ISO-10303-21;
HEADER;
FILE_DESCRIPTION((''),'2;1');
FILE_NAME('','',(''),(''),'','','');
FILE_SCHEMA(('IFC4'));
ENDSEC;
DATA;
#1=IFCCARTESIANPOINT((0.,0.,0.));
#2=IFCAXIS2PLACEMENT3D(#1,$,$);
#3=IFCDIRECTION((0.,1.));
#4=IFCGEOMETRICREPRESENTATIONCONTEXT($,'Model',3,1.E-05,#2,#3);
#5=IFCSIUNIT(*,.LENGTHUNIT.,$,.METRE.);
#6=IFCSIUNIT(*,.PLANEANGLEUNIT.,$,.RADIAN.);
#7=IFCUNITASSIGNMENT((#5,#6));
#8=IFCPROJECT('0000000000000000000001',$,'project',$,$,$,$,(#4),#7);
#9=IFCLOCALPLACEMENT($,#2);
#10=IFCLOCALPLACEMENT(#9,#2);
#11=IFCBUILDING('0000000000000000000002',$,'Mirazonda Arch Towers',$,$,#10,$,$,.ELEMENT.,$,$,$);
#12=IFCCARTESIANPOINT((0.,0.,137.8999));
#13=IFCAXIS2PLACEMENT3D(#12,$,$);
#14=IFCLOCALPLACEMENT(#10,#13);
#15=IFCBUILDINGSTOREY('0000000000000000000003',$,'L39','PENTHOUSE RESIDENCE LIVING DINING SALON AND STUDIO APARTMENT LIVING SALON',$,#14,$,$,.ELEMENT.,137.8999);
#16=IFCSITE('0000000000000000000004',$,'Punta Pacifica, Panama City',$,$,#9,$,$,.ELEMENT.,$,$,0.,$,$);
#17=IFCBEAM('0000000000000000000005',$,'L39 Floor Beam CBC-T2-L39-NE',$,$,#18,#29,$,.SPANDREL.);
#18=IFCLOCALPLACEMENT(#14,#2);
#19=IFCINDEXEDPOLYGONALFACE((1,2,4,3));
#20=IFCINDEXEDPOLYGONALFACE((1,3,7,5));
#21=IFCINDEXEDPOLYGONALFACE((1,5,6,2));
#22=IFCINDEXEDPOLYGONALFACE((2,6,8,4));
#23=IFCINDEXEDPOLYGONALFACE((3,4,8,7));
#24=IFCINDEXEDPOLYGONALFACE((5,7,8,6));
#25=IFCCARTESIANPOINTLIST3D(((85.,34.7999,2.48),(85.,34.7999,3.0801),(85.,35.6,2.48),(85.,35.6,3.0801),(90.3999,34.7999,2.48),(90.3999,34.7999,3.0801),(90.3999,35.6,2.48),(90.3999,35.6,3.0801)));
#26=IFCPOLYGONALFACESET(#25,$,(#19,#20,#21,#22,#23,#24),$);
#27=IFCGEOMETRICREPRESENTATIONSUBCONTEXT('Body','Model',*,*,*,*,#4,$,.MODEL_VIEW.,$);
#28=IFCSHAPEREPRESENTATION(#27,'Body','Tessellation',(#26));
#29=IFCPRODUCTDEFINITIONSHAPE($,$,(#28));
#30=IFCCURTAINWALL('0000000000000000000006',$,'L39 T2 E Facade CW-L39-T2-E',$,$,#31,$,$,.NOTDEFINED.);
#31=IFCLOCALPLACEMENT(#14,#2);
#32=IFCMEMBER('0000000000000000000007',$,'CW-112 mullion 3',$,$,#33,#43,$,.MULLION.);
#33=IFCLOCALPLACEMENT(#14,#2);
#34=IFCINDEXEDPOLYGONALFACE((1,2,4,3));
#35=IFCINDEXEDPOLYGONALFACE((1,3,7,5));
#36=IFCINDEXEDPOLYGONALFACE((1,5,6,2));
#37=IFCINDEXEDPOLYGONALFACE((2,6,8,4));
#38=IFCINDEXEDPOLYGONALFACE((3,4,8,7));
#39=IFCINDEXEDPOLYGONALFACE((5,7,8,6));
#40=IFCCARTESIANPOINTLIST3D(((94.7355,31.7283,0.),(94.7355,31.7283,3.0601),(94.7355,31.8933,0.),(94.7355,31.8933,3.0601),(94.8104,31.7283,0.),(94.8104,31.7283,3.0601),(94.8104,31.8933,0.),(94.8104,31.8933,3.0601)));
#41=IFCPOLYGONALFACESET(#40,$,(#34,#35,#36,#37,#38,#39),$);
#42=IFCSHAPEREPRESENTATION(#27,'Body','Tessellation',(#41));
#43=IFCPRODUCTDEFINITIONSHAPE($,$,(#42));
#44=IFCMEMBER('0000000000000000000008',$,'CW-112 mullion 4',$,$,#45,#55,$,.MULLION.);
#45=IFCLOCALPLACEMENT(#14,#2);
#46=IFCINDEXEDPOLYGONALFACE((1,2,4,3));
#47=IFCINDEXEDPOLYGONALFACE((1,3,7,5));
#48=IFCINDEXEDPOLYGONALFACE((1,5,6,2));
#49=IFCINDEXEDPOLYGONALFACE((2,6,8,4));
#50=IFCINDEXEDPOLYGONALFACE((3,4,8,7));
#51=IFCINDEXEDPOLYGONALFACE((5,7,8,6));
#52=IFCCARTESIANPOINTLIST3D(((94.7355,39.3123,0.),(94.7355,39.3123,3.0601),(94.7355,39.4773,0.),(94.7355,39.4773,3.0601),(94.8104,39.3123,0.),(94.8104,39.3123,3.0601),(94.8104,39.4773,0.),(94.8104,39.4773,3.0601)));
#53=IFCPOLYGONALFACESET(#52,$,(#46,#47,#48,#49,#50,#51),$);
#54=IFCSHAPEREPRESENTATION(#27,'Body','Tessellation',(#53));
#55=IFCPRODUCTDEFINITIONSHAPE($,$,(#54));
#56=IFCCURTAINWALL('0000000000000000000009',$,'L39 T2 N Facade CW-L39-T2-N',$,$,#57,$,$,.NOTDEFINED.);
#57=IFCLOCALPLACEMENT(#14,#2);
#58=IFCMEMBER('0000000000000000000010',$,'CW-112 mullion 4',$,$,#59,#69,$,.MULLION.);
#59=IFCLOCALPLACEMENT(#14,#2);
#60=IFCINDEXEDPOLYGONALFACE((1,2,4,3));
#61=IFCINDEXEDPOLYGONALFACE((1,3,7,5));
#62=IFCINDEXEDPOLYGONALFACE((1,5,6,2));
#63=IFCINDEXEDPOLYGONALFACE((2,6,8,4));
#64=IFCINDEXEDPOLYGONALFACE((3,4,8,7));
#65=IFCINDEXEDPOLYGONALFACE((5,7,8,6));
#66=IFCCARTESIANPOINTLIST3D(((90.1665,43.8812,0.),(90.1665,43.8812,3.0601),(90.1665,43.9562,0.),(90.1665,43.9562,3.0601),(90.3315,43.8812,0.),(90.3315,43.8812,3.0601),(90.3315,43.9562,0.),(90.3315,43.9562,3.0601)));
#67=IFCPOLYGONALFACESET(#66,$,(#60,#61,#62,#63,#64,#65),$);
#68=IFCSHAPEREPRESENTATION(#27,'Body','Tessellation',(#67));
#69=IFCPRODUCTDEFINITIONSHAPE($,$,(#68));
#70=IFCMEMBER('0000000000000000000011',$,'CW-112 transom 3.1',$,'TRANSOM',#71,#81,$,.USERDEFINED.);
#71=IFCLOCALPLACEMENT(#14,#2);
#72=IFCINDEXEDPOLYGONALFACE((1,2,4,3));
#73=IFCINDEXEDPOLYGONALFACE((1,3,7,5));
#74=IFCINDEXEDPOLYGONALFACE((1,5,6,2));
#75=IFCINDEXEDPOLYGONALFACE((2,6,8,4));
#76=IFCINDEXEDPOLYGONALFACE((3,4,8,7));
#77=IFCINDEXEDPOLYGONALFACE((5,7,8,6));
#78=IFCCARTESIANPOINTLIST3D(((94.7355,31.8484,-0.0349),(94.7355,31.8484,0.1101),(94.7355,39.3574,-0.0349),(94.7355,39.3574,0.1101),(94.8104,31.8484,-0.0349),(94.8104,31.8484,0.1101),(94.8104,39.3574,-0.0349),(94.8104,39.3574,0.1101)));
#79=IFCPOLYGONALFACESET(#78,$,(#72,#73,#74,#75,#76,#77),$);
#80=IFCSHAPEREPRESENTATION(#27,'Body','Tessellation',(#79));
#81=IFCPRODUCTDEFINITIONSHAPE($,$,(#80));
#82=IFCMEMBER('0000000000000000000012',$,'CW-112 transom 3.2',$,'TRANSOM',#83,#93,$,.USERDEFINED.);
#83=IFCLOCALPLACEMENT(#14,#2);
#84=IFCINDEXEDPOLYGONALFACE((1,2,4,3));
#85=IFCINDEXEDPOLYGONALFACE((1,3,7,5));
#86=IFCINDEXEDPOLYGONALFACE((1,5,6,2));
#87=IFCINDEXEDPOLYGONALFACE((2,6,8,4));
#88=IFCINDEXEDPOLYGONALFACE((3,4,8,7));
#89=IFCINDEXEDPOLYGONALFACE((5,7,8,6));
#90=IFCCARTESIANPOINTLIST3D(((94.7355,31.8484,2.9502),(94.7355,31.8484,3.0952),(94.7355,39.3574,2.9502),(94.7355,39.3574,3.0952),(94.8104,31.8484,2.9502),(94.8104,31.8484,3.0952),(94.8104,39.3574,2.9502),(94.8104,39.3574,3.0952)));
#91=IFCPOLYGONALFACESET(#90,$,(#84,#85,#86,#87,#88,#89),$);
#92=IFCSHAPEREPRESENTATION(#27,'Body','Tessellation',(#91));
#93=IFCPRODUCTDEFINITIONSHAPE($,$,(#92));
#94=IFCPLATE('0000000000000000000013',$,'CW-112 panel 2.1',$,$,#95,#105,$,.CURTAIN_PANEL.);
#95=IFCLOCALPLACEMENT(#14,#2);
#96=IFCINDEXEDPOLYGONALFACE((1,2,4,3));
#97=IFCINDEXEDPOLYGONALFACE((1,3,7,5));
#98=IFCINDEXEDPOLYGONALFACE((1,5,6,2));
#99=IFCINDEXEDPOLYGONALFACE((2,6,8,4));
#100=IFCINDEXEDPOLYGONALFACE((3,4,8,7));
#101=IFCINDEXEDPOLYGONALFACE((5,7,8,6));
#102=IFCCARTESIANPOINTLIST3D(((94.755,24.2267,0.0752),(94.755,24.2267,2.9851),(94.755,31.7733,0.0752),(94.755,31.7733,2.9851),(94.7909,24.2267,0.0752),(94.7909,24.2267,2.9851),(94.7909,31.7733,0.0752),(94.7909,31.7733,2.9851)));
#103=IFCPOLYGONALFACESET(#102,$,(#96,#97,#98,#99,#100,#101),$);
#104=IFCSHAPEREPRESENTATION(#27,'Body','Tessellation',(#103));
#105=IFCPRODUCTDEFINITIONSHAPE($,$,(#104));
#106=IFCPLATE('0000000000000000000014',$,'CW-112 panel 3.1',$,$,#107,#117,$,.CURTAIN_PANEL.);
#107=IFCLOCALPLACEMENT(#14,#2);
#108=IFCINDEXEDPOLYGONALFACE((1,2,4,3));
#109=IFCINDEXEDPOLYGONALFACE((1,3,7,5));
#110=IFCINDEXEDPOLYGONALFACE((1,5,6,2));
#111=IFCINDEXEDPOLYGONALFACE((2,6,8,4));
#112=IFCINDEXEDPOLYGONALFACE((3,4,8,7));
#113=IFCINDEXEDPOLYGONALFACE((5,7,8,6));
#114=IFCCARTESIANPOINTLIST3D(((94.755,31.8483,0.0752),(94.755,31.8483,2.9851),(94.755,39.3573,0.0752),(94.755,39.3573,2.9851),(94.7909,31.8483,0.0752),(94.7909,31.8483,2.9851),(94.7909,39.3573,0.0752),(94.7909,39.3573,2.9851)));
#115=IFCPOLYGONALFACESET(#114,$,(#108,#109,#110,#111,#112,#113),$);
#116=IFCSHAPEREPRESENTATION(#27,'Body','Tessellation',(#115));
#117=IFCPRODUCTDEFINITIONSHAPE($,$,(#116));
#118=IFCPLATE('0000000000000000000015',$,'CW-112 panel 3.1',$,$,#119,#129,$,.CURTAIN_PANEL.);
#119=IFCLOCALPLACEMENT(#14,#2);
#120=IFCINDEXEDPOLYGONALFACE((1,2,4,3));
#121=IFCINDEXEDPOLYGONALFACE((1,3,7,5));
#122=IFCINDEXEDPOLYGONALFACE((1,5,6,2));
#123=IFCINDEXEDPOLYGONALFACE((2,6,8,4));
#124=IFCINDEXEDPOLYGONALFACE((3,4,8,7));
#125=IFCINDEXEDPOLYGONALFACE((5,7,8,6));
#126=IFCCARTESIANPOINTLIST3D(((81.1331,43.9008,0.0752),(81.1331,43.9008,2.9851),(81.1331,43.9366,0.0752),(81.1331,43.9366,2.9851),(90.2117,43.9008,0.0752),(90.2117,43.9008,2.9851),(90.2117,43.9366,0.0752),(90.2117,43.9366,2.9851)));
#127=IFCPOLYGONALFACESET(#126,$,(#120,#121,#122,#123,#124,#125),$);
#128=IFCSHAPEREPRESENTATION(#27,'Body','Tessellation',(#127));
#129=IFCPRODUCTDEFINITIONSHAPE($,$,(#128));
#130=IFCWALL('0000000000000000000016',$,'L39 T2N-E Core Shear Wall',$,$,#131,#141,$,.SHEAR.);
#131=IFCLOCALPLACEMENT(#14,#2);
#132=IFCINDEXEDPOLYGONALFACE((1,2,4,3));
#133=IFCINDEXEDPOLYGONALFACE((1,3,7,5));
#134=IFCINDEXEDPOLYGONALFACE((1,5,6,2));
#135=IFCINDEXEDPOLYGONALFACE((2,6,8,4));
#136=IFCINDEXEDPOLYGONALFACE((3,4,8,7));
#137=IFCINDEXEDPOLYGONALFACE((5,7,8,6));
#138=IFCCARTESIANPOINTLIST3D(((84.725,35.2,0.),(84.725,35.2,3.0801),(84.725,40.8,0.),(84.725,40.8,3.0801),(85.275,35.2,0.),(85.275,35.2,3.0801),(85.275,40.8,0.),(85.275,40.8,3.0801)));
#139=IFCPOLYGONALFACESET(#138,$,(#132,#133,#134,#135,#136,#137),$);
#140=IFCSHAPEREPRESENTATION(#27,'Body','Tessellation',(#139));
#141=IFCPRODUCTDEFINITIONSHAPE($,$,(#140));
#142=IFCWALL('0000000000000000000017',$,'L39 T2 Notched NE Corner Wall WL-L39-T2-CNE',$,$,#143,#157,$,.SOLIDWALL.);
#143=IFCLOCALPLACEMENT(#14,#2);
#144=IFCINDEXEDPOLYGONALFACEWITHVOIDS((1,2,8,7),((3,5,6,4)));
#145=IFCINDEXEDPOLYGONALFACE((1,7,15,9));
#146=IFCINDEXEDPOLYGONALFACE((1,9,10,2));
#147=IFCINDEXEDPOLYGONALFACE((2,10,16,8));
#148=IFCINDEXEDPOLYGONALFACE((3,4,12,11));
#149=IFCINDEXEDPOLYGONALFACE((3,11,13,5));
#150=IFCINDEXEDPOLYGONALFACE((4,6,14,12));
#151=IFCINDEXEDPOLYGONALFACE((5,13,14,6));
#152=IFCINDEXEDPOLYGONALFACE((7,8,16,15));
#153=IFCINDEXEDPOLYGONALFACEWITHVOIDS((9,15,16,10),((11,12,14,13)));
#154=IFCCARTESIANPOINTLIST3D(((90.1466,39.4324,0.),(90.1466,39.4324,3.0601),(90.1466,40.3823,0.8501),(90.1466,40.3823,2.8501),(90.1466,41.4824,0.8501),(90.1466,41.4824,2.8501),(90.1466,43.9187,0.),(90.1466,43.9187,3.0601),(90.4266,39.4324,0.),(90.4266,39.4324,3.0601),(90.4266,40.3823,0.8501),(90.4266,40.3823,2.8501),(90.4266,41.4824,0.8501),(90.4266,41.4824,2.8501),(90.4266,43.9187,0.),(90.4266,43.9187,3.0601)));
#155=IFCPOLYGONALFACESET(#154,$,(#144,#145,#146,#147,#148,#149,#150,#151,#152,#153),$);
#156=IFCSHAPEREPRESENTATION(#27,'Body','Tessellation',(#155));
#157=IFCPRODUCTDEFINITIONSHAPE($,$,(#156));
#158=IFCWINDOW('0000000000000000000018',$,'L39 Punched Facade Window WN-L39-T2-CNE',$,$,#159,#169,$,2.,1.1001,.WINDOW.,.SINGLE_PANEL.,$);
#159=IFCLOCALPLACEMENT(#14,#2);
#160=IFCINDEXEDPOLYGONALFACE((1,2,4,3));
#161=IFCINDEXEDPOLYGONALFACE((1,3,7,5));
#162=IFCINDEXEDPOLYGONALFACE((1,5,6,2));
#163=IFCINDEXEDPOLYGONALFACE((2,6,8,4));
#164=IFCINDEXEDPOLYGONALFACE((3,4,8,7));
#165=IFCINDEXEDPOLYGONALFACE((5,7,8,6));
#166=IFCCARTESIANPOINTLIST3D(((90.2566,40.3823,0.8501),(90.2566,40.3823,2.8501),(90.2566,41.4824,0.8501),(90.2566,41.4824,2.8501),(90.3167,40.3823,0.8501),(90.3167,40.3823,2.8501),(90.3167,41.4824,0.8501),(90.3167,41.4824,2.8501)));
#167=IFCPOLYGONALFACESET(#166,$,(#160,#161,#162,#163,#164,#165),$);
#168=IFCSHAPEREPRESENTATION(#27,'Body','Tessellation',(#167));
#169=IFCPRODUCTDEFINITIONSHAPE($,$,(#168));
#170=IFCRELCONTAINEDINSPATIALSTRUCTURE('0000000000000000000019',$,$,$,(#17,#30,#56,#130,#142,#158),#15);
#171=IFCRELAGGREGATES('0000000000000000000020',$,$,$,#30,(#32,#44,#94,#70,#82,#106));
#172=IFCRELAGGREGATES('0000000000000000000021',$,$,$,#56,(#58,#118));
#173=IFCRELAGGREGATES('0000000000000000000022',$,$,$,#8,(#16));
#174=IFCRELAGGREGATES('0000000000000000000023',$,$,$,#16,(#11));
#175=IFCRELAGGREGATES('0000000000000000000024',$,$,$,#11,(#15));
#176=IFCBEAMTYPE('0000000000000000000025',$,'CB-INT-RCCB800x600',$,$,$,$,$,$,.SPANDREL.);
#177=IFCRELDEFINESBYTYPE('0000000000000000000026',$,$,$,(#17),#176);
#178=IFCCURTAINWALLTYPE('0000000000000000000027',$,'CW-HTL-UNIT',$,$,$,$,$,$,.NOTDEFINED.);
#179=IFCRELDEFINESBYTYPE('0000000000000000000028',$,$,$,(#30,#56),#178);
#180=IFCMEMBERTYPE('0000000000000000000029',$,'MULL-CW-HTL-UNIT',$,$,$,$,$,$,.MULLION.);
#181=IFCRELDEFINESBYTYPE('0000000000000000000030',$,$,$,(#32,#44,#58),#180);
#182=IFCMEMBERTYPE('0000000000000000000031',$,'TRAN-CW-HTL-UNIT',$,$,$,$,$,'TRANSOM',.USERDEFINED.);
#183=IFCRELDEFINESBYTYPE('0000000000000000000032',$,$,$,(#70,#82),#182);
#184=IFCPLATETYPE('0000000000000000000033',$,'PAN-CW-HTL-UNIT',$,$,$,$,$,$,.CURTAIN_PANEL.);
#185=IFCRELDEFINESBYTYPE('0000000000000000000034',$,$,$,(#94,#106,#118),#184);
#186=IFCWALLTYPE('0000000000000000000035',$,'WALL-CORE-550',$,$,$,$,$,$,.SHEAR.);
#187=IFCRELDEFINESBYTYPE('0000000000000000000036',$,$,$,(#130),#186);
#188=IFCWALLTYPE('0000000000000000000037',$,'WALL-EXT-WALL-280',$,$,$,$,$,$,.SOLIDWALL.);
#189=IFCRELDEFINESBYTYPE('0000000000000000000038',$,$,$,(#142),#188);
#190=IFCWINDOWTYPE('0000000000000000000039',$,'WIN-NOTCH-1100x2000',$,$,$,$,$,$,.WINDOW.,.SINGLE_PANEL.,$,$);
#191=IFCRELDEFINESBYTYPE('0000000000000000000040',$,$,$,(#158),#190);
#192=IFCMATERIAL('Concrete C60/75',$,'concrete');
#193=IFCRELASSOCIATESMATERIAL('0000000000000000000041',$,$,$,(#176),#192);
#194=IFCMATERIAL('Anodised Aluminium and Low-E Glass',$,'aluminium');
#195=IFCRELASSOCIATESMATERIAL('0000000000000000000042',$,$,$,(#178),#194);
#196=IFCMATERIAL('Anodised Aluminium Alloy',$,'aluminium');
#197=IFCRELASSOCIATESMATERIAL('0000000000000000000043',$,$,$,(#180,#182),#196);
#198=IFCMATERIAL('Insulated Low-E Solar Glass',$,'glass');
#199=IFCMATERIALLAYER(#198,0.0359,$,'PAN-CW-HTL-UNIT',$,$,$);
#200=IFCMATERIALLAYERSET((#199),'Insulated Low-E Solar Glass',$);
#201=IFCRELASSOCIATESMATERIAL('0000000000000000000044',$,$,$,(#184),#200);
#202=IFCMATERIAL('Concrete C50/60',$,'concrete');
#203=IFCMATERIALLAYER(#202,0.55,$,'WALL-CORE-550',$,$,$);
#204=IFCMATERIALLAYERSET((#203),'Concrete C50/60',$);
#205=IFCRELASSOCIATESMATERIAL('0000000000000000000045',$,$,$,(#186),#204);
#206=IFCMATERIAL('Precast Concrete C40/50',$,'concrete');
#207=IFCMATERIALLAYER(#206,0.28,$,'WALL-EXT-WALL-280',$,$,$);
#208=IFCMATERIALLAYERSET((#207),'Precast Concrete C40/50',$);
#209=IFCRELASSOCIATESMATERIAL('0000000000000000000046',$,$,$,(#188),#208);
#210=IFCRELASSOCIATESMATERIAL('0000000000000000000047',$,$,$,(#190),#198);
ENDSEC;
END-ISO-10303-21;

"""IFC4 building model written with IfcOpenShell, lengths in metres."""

from ifc_helpers import new_model, si_unit, direction, frame, frame_2d, origin, origin_2d, place, context, subcontext, project, spatial, rectangle, extrude, material, layer, layer_set, material_profile, profile_set, type_object, element, fill, aggregate, save


model = new_model("IFC4")

# Units and contexts
model_context = context("Model", 3, precision=1e-05, world=origin(), true_north=direction((0.0, 1.0)))
body_context = subcontext(model_context, "Body", "Model", "MODEL_VIEW")
ifc_project = project(units=[si_unit("LENGTHUNIT", "METRE"), si_unit("PLANEANGLEUNIT", "RADIAN")], contexts=[model_context])

# Site, building, storey
site_placement = place(None, origin())
site = spatial("IfcSite", under=ifc_project, at=site_placement, Name="Punta Pacifica, Panama City", CompositionType="ELEMENT", RefElevation=0.0)
building_placement = place(site_placement, origin())
building = spatial("IfcBuilding", under=site, at=building_placement, Name="Mirazonda Arch Towers", CompositionType="ELEMENT")
storey_placement = place(building_placement, frame((0.0, 0.0, 137.8999)))
storey = spatial("IfcBuildingStorey", under=building, at=storey_placement, Name="L39", Description="PENTHOUSE RESIDENCE LIVING DINING SALON AND STUDIO APARTMENT LIVING SALON", CompositionType="ELEMENT", Elevation=137.8999)

# Shared definitions
ifc_material_1 = material(Name="Concrete C50/60", Category="concrete")

# Beam
ifc_material_2 = material(Name="Concrete C60/75", Category="concrete")
ifc_material_profile_1 = material_profile(ifc_material_2, rectangle(XDim=0.8, YDim=0.6001, at=origin_2d()), Name="RCCB800x600")
ifc_profile_set_1 = profile_set([ifc_material_profile_1], Name="Concrete C60/75")
beam_type_1 = type_object("IfcBeamType", Name="CB-INT-RCCB800x600", PredefinedType="SPANDREL", material=ifc_profile_set_1)
beam_1_placement = place(storey_placement, frame((85.0, 35.2, 2.78), z_axis=(1.0, 0.0, 0.0), x_axis=(0.0, 1.0, 0.0)))
element("IfcBeam", 1, at=beam_1_placement, inside=storey, type_object=beam_type_1, Name="L39 Floor Beam CBC-T2-L39-NE", PredefinedType="SPANDREL", context=body_context, shape_type="SweptSolid", body=[
    extrude(rectangle(XDim=0.8, YDim=0.6001, at=origin_2d()), origin(), (0.0, 0.0, 1.0), 5.3999),
])

# Curtain wall, members
ifc_material_3 = material(Name="Anodised Aluminium and Low-E Glass", Category="aluminium")
curtain_wall_type = type_object("IfcCurtainWallType", Name="CW-HTL-UNIT", PredefinedType="NOTDEFINED", material=ifc_material_3)
curtain_wall_1_placement = place(storey_placement, origin())
curtain_wall_1 = element("IfcCurtainWall", 2, at=curtain_wall_1_placement, inside=storey, type_object=curtain_wall_type, Name="L39 T2 E Facade CW-L39-T2-E", PredefinedType="NOTDEFINED")
ifc_material_4 = material(Name="Anodised Aluminium Alloy", Category="aluminium")
ifc_material_profile_2 = material_profile(ifc_material_4, rectangle(XDim=0.075, YDim=0.165, at=origin_2d()), Name="ALU-MULL-75x165")
ifc_profile_set_2 = profile_set([ifc_material_profile_2], Name="Anodised Aluminium Alloy")
member_type_1 = type_object("IfcMemberType", Name="MULL-CW-HTL-UNIT", PredefinedType="MULLION", material=ifc_profile_set_2)
member_1_placement = place(storey_placement, frame((94.7729, 31.8108, 0.0), z_axis=(0.0, 0.0, 1.0), x_axis=(-1.0, 0.0, 0.0)))
member_1 = element("IfcMember", 3, at=member_1_placement, type_object=member_type_1, Name="CW-112 mullion 3", PredefinedType="MULLION", context=body_context, shape_type="SweptSolid", body=[
    extrude(rectangle(XDim=0.075, YDim=0.165, at=origin_2d()), origin(), (0.0, 0.0, 1.0), 3.0601),
])
member_2_placement = place(storey_placement, frame((94.7729, 39.3948, 0.0), z_axis=(0.0, 0.0, 1.0), x_axis=(-1.0, 0.0, 0.0)))
member_2 = element("IfcMember", 4, at=member_2_placement, type_object=member_type_1, Name="CW-112 mullion 4", PredefinedType="MULLION", context=body_context, shape_type="SweptSolid", body=[
    extrude(rectangle(XDim=0.075, YDim=0.165, at=origin_2d()), origin(), (0.0, 0.0, 1.0), 3.0601),
])

# Curtain wall, member
curtain_wall_2_placement = place(storey_placement, origin())
curtain_wall_2 = element("IfcCurtainWall", 5, at=curtain_wall_2_placement, inside=storey, type_object=curtain_wall_type, Name="L39 T2 N Facade CW-L39-T2-N", PredefinedType="NOTDEFINED")
member_3_placement = place(storey_placement, frame((90.249, 43.9187, 0.0), z_axis=(0.0, 0.0, 1.0), x_axis=(0.0, 1.0, 0.0)))
member_3 = element("IfcMember", 6, at=member_3_placement, type_object=member_type_1, Name="CW-112 mullion 4", PredefinedType="MULLION", context=body_context, shape_type="SweptSolid", body=[
    extrude(rectangle(XDim=0.075, YDim=0.165, at=origin_2d()), origin(), (0.0, 0.0, 1.0), 3.0601),
])

# Members
ifc_material_profile_3 = material_profile(ifc_material_4, rectangle(XDim=0.075, YDim=0.145, at=origin_2d()), Name="ALU-TRAN-75x145")
ifc_profile_set_3 = profile_set([ifc_material_profile_3], Name="Anodised Aluminium Alloy")
member_type_2 = type_object("IfcMemberType", Name="TRAN-CW-HTL-UNIT", ElementType="TRANSOM", PredefinedType="USERDEFINED", material=ifc_profile_set_3)
member_4_placement = place(storey_placement, frame((94.7729, 31.8484, 0.0376), z_axis=(0.0, 1.0, 0.0), x_axis=(-1.0, 0.0, 0.0)))
member_4 = element("IfcMember", 7, at=member_4_placement, type_object=member_type_2, Name="CW-112 transom 3.1", ObjectType="TRANSOM", PredefinedType="USERDEFINED", context=body_context, shape_type="SweptSolid", body=[
    extrude(rectangle(XDim=0.075, YDim=0.145, at=origin_2d()), origin(), (0.0, 0.0, 1.0), 7.509),
])
member_5_placement = place(storey_placement, frame((94.7729, 31.8484, 3.0227), z_axis=(0.0, 1.0, 0.0), x_axis=(-1.0, 0.0, 0.0)))
member_5 = element("IfcMember", 8, at=member_5_placement, type_object=member_type_2, Name="CW-112 transom 3.2", ObjectType="TRANSOM", PredefinedType="USERDEFINED", context=body_context, shape_type="SweptSolid", body=[
    extrude(rectangle(XDim=0.075, YDim=0.145, at=origin_2d()), origin(), (0.0, 0.0, 1.0), 7.509),
])

# Plates
ifc_material_5 = material(Name="Insulated Low-E Solar Glass", Category="glass")
ifc_layer_1 = layer(ifc_material_5, 0.0359, Name="PAN-CW-HTL-UNIT")
ifc_layer_set_1 = layer_set([ifc_layer_1], Name="Insulated Low-E Solar Glass")
plate_type = type_object("IfcPlateType", Name="PAN-CW-HTL-UNIT", PredefinedType="CURTAIN_PANEL", material=ifc_layer_set_1)
plate_1_placement = place(storey_placement, frame((94.7729, 28.0, 0.0752), z_axis=(0.0, 0.0, 1.0), x_axis=(0.0, 1.0, 0.0)))
plate_1 = element("IfcPlate", 9, at=plate_1_placement, type_object=plate_type, Name="CW-112 panel 2.1", PredefinedType="CURTAIN_PANEL", context=body_context, shape_type="SweptSolid", body=[
    extrude(rectangle(XDim=7.5466, YDim=0.0359, at=origin_2d()), origin(), (0.0, 0.0, 1.0), 2.9099),
])
plate_2_placement = place(storey_placement, frame((94.7729, 35.6028, 0.0752), z_axis=(0.0, 0.0, 1.0), x_axis=(0.0, 1.0, 0.0)))
plate_2 = element("IfcPlate", 10, at=plate_2_placement, type_object=plate_type, Name="CW-112 panel 3.1", PredefinedType="CURTAIN_PANEL", context=body_context, shape_type="SweptSolid", body=[
    extrude(rectangle(XDim=7.509, YDim=0.0359, at=origin_2d()), origin(), (0.0, 0.0, 1.0), 2.9099),
])
aggregate(curtain_wall_1, [member_1, member_2, plate_1, member_4, member_5, plate_2])
plate_3_placement = place(storey_placement, frame((85.6724, 43.9187, 0.0752), z_axis=(0.0, 0.0, 1.0), x_axis=(1.0, 0.0, 0.0)))
plate_3 = element("IfcPlate", 11, at=plate_3_placement, type_object=plate_type, Name="CW-112 panel 3.1", PredefinedType="CURTAIN_PANEL", context=body_context, shape_type="SweptSolid", body=[
    extrude(rectangle(XDim=9.0786, YDim=0.0359, at=origin_2d()), origin(), (0.0, 0.0, 1.0), 2.9099),
])
aggregate(curtain_wall_2, [member_3, plate_3])

# Wall
ifc_layer_2 = layer(ifc_material_1, 0.55, Name="WALL-CORE-550")
ifc_layer_set_2 = layer_set([ifc_layer_2], Name="Concrete C50/60")
wall_type_1 = type_object("IfcWallType", Name="WALL-CORE-550", PredefinedType="SHEAR", material=ifc_layer_set_2)
wall_1_placement = place(storey_placement, frame((85.0, 35.2, 0.0), z_axis=(0.0, 0.0, 1.0), x_axis=(0.0, 1.0, 0.0)))
element("IfcWall", 12, at=wall_1_placement, inside=storey, type_object=wall_type_1, Name="L39 T2N-E Core Shear Wall", PredefinedType="SHEAR", context=body_context, shape_type="SweptSolid", body=[
    extrude(rectangle(XDim=5.6001, YDim=0.55, at=frame_2d((2.8, 0.0))), origin(), (0.0, 0.0, 1.0), 3.0801),
])

# Wall, opening, window
ifc_material_6 = material(Name="Precast Concrete C40/50", Category="concrete")
ifc_layer_3 = layer(ifc_material_6, 0.28, Name="WALL-EXT-WALL-280")
ifc_layer_set_3 = layer_set([ifc_layer_3], Name="Precast Concrete C40/50")
wall_type_2 = type_object("IfcWallType", Name="WALL-EXT-WALL-280", PredefinedType="SOLIDWALL", material=ifc_layer_set_3)
wall_2_placement = place(storey_placement, frame((90.2866, 39.4324, 0.0), z_axis=(0.0, 0.0, 1.0), x_axis=(0.0, 1.0, 0.0)))
wall_2 = element("IfcWall", 13, at=wall_2_placement, inside=storey, type_object=wall_type_2, Name="L39 T2 Notched NE Corner Wall WL-L39-T2-CNE", PredefinedType="SOLIDWALL", context=body_context, shape_type="SweptSolid", body=[
    extrude(rectangle(XDim=4.4863, YDim=0.28, at=frame_2d((2.2432, 0.0))), origin(), (0.0, 0.0, 1.0), 3.0601),
])
opening_1_placement = place(wall_2_placement, frame((0.95, 0.0, 0.8501)))
opening_1 = element("IfcOpeningElement", 14, at=opening_1_placement, cuts=wall_2, PredefinedType="OPENING", context=body_context, shape_type="SweptSolid", body=[
    extrude(rectangle(XDim=1.1001, YDim=2.0, at=frame_2d((0.55, 1.0))), frame((0.0, 0.1499, 0.0), z_axis=(0.0, -1.0, 0.0), x_axis=(1.0, 0.0, 0.0)), (0.0, 0.0, 1.0), 0.3),
])
window_type = type_object("IfcWindowType", Name="WIN-NOTCH-1100x2000", PartitioningType="SINGLE_PANEL", PredefinedType="WINDOW", material=ifc_material_5)
window_1_placement = place(opening_1_placement, origin())
window_1 = element("IfcWindow", 15, at=window_1_placement, inside=storey, type_object=window_type, Name="L39 Punched Facade Window WN-L39-T2-CNE", OverallHeight=2.0, OverallWidth=1.1001, PartitioningType="SINGLE_PANEL", PredefinedType="WINDOW", context=body_context, shape_type="SweptSolid", body=[
    extrude(rectangle(XDim=1.1001, YDim=2.0, at=frame_2d((0.55, 1.0))), frame((0.0, 0.03, 0.0), z_axis=(0.0, -1.0, 0.0), x_axis=(1.0, 0.0, 0.0)), (0.0, 0.0, 1.0), 0.0601),
])
fill(opening_1, window_1)

save(model, "model.ifc")
